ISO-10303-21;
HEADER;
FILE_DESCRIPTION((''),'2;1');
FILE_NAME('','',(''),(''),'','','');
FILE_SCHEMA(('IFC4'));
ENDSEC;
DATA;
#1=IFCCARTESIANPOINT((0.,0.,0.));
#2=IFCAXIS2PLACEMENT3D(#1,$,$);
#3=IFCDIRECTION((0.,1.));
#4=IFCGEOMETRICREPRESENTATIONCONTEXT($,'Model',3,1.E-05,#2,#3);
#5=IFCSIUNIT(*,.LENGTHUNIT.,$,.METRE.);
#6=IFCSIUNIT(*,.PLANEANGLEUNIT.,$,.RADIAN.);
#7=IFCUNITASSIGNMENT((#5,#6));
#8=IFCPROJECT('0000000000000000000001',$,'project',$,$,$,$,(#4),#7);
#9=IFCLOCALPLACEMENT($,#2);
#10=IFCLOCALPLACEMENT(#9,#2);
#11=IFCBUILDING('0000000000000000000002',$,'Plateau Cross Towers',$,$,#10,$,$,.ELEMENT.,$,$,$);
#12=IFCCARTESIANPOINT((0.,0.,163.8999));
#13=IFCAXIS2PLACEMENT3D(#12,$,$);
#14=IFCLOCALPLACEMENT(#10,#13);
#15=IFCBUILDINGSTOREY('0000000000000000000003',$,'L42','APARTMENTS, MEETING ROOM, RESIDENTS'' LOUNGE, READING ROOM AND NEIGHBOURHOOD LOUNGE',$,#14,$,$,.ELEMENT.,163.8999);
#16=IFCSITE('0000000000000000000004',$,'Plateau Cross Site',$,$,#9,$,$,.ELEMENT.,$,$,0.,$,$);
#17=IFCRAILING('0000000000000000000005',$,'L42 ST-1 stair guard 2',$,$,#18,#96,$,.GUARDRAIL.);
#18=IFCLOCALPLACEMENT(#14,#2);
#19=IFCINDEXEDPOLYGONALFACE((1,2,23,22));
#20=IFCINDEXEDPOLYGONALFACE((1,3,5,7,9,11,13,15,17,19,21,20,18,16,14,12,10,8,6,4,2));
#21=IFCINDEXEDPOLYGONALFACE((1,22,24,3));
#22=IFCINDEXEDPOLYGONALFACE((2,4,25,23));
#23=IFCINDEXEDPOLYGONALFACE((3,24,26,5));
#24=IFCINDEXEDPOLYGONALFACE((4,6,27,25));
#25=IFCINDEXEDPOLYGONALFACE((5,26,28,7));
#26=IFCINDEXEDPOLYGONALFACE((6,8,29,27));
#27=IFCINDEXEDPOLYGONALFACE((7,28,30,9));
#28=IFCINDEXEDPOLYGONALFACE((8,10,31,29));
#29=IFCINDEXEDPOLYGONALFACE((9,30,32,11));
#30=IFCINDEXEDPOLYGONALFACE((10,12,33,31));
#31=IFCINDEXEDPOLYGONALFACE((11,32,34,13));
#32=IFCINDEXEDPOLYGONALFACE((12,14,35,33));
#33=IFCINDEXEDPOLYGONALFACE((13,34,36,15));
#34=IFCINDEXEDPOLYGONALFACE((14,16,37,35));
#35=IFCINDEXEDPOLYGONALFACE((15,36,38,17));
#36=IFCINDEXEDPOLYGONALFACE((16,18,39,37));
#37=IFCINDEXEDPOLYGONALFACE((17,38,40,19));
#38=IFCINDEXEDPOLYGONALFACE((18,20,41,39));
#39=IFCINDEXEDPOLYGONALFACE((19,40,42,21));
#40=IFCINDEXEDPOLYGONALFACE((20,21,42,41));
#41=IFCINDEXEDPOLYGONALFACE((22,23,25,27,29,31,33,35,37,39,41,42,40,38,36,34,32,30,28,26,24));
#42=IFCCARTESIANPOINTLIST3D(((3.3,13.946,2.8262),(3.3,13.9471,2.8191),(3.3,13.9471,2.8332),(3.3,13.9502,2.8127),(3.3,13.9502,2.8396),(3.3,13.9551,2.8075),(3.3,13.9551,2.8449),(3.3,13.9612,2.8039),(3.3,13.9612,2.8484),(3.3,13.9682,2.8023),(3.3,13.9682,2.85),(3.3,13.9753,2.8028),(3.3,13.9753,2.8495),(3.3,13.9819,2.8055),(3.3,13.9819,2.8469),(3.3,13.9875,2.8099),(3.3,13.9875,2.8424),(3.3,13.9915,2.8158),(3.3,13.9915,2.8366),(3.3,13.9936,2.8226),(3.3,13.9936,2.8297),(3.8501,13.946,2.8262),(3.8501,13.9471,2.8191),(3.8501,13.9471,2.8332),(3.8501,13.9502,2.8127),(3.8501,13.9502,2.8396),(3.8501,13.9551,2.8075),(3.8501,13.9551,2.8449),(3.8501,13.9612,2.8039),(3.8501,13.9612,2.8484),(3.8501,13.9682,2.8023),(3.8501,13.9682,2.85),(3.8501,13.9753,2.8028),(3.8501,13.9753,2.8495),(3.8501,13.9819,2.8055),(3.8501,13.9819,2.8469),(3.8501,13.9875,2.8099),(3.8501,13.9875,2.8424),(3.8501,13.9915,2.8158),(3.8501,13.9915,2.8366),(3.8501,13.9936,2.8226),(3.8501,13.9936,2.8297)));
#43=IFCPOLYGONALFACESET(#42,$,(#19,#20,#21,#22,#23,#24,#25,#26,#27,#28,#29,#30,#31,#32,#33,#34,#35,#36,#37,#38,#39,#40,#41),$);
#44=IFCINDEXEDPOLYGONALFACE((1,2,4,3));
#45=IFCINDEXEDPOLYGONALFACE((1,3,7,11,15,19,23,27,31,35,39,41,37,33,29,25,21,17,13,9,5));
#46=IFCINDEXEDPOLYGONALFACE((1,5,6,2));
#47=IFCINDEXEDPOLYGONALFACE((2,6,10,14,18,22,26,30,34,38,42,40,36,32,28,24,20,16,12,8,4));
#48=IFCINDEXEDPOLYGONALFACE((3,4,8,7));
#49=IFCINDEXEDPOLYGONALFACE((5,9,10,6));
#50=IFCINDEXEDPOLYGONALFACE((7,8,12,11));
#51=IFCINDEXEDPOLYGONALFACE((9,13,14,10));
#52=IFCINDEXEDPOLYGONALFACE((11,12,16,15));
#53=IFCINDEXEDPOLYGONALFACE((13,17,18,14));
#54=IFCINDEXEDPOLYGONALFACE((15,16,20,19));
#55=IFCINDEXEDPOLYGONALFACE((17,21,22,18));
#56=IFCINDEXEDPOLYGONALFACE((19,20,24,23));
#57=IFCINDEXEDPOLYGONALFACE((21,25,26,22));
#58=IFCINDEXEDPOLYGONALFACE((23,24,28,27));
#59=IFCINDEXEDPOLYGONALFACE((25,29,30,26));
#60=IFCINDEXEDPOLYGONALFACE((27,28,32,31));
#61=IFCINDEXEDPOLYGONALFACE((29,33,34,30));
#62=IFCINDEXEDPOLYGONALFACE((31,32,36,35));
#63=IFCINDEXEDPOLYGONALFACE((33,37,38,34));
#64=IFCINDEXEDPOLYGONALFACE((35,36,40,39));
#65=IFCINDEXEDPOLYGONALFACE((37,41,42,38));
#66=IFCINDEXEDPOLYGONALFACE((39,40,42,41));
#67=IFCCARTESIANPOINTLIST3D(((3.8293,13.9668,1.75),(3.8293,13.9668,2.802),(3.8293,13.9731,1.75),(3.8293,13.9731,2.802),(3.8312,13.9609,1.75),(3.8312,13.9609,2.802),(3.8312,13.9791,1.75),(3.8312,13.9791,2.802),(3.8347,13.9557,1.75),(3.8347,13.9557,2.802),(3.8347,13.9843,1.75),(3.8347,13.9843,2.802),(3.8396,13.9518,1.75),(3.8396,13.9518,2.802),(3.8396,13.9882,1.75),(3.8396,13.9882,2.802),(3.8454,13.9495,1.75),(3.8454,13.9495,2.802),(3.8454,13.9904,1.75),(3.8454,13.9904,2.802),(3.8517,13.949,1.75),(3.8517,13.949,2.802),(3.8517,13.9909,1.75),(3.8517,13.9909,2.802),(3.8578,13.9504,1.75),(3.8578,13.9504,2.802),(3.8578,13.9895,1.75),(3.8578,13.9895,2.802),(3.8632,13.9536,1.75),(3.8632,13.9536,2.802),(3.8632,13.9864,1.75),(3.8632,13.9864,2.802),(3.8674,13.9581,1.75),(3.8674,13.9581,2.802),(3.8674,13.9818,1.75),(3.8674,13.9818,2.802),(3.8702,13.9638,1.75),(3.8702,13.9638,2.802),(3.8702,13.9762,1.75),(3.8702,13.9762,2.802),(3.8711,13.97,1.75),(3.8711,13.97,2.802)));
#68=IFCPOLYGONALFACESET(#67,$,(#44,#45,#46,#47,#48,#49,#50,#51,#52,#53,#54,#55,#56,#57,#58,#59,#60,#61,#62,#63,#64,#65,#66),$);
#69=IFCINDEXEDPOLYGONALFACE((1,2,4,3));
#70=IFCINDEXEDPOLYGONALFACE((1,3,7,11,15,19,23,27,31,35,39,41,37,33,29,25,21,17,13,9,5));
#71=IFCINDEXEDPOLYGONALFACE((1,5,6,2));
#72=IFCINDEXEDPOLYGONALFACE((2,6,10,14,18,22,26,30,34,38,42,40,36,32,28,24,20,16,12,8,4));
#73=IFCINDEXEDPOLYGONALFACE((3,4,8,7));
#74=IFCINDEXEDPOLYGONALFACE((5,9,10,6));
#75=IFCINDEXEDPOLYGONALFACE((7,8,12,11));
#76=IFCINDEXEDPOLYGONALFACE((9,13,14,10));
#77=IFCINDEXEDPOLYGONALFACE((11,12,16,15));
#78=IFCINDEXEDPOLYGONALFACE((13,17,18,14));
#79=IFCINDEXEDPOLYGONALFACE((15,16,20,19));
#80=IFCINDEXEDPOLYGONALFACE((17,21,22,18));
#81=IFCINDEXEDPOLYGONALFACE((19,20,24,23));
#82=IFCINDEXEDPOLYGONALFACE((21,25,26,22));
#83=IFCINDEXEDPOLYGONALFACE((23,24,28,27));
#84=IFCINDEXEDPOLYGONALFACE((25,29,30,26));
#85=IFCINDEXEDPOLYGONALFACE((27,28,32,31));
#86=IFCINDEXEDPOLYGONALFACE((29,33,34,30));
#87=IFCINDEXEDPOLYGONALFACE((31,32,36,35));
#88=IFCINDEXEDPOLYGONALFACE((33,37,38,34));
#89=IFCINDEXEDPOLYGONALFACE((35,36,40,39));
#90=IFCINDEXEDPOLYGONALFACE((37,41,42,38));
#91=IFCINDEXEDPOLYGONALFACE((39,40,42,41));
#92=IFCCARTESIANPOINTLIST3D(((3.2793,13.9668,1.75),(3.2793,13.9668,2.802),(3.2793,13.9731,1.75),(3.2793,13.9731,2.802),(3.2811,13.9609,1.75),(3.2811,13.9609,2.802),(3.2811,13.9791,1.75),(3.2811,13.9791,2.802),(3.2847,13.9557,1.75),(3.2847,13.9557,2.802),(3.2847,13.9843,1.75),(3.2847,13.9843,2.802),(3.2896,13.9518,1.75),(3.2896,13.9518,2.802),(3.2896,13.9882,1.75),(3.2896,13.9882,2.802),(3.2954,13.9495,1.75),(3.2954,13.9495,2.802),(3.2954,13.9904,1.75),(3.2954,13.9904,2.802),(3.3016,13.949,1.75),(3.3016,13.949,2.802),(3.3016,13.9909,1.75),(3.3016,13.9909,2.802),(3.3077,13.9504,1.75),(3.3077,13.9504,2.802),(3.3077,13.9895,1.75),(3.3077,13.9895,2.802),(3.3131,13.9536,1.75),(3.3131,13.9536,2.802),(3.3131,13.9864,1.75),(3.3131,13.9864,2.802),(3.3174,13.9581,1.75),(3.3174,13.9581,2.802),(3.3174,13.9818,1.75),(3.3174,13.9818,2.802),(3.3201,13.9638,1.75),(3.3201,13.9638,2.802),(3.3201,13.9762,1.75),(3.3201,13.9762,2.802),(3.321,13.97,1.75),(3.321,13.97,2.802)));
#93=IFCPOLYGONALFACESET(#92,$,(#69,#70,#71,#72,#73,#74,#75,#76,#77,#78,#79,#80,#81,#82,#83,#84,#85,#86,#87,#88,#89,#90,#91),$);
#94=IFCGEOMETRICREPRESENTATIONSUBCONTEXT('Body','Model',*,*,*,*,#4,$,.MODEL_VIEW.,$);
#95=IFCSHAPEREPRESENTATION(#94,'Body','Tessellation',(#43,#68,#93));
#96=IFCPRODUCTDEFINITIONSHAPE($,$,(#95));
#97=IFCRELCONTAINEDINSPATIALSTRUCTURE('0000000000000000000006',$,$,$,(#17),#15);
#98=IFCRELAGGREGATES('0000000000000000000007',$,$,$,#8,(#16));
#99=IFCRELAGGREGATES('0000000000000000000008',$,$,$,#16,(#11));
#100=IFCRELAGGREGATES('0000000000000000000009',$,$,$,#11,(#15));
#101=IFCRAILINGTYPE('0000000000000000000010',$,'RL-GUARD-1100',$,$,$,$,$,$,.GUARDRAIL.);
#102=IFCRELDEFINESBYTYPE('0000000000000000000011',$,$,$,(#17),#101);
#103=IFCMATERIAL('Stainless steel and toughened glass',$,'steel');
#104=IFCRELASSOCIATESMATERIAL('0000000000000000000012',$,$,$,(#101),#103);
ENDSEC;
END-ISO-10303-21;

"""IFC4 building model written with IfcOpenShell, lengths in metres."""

from ifc_helpers import new_model, si_unit, direction, frame, origin, origin_2d, place, context, subcontext, project, spatial, circle, extrude, material, type_object, element, save


model = new_model("IFC4")

# Units and contexts
model_context = context("Model", 3, precision=1e-05, world=origin(), true_north=direction((0.0, 1.0)))
body_context = subcontext(model_context, "Body", "Model", "MODEL_VIEW")
ifc_project = project(units=[si_unit("LENGTHUNIT", "METRE"), si_unit("PLANEANGLEUNIT", "RADIAN")], contexts=[model_context])

# Site, building, storey
site_placement = place(None, origin())
site = spatial("IfcSite", under=ifc_project, at=site_placement, Name="Plateau Cross Site", CompositionType="ELEMENT", RefElevation=0.0)
building_placement = place(site_placement, origin())
building = spatial("IfcBuilding", under=site, at=building_placement, Name="Plateau Cross Towers", CompositionType="ELEMENT")
storey_placement = place(building_placement, frame((0.0, 0.0, 163.8999)))
storey = spatial("IfcBuildingStorey", under=building, at=storey_placement, Name="L42", Description="APARTMENTS, MEETING ROOM, RESIDENTS' LOUNGE, READING ROOM AND NEIGHBOURHOOD LOUNGE", CompositionType="ELEMENT", Elevation=163.8999)

# Railing
ifc_material_1 = material(Name="Stainless steel and toughened glass", Category="steel")
railing_type = type_object("IfcRailingType", Name="RL-GUARD-1100", PredefinedType="GUARDRAIL", material=ifc_material_1)
railing_placement = place(storey_placement, frame((3.8501, 13.97, 1.75)))
element("IfcRailing", 1, at=railing_placement, inside=storey, type_object=railing_type, Name="L42 ST-1 stair guard 2", PredefinedType="GUARDRAIL", context=body_context, shape_type="SweptSolid", body=[
    extrude(circle(Radius=0.0239, at=origin_2d()), frame((0.0, 0.0, 1.0762), z_axis=(-1.0, 0.0, 0.0), x_axis=(0.0, -1.0, 0.0)), (0.0, 0.0, 1.0), 0.55),
    extrude(circle(Radius=0.021, at=origin_2d()), origin(), (0.0, 0.0, 1.0), 1.052),
    extrude(circle(Radius=0.021, at=origin_2d()), frame((-0.55, 0.0, 0.0)), (0.0, 0.0, 1.0), 1.052),
])

save(model, "model.ifc")
